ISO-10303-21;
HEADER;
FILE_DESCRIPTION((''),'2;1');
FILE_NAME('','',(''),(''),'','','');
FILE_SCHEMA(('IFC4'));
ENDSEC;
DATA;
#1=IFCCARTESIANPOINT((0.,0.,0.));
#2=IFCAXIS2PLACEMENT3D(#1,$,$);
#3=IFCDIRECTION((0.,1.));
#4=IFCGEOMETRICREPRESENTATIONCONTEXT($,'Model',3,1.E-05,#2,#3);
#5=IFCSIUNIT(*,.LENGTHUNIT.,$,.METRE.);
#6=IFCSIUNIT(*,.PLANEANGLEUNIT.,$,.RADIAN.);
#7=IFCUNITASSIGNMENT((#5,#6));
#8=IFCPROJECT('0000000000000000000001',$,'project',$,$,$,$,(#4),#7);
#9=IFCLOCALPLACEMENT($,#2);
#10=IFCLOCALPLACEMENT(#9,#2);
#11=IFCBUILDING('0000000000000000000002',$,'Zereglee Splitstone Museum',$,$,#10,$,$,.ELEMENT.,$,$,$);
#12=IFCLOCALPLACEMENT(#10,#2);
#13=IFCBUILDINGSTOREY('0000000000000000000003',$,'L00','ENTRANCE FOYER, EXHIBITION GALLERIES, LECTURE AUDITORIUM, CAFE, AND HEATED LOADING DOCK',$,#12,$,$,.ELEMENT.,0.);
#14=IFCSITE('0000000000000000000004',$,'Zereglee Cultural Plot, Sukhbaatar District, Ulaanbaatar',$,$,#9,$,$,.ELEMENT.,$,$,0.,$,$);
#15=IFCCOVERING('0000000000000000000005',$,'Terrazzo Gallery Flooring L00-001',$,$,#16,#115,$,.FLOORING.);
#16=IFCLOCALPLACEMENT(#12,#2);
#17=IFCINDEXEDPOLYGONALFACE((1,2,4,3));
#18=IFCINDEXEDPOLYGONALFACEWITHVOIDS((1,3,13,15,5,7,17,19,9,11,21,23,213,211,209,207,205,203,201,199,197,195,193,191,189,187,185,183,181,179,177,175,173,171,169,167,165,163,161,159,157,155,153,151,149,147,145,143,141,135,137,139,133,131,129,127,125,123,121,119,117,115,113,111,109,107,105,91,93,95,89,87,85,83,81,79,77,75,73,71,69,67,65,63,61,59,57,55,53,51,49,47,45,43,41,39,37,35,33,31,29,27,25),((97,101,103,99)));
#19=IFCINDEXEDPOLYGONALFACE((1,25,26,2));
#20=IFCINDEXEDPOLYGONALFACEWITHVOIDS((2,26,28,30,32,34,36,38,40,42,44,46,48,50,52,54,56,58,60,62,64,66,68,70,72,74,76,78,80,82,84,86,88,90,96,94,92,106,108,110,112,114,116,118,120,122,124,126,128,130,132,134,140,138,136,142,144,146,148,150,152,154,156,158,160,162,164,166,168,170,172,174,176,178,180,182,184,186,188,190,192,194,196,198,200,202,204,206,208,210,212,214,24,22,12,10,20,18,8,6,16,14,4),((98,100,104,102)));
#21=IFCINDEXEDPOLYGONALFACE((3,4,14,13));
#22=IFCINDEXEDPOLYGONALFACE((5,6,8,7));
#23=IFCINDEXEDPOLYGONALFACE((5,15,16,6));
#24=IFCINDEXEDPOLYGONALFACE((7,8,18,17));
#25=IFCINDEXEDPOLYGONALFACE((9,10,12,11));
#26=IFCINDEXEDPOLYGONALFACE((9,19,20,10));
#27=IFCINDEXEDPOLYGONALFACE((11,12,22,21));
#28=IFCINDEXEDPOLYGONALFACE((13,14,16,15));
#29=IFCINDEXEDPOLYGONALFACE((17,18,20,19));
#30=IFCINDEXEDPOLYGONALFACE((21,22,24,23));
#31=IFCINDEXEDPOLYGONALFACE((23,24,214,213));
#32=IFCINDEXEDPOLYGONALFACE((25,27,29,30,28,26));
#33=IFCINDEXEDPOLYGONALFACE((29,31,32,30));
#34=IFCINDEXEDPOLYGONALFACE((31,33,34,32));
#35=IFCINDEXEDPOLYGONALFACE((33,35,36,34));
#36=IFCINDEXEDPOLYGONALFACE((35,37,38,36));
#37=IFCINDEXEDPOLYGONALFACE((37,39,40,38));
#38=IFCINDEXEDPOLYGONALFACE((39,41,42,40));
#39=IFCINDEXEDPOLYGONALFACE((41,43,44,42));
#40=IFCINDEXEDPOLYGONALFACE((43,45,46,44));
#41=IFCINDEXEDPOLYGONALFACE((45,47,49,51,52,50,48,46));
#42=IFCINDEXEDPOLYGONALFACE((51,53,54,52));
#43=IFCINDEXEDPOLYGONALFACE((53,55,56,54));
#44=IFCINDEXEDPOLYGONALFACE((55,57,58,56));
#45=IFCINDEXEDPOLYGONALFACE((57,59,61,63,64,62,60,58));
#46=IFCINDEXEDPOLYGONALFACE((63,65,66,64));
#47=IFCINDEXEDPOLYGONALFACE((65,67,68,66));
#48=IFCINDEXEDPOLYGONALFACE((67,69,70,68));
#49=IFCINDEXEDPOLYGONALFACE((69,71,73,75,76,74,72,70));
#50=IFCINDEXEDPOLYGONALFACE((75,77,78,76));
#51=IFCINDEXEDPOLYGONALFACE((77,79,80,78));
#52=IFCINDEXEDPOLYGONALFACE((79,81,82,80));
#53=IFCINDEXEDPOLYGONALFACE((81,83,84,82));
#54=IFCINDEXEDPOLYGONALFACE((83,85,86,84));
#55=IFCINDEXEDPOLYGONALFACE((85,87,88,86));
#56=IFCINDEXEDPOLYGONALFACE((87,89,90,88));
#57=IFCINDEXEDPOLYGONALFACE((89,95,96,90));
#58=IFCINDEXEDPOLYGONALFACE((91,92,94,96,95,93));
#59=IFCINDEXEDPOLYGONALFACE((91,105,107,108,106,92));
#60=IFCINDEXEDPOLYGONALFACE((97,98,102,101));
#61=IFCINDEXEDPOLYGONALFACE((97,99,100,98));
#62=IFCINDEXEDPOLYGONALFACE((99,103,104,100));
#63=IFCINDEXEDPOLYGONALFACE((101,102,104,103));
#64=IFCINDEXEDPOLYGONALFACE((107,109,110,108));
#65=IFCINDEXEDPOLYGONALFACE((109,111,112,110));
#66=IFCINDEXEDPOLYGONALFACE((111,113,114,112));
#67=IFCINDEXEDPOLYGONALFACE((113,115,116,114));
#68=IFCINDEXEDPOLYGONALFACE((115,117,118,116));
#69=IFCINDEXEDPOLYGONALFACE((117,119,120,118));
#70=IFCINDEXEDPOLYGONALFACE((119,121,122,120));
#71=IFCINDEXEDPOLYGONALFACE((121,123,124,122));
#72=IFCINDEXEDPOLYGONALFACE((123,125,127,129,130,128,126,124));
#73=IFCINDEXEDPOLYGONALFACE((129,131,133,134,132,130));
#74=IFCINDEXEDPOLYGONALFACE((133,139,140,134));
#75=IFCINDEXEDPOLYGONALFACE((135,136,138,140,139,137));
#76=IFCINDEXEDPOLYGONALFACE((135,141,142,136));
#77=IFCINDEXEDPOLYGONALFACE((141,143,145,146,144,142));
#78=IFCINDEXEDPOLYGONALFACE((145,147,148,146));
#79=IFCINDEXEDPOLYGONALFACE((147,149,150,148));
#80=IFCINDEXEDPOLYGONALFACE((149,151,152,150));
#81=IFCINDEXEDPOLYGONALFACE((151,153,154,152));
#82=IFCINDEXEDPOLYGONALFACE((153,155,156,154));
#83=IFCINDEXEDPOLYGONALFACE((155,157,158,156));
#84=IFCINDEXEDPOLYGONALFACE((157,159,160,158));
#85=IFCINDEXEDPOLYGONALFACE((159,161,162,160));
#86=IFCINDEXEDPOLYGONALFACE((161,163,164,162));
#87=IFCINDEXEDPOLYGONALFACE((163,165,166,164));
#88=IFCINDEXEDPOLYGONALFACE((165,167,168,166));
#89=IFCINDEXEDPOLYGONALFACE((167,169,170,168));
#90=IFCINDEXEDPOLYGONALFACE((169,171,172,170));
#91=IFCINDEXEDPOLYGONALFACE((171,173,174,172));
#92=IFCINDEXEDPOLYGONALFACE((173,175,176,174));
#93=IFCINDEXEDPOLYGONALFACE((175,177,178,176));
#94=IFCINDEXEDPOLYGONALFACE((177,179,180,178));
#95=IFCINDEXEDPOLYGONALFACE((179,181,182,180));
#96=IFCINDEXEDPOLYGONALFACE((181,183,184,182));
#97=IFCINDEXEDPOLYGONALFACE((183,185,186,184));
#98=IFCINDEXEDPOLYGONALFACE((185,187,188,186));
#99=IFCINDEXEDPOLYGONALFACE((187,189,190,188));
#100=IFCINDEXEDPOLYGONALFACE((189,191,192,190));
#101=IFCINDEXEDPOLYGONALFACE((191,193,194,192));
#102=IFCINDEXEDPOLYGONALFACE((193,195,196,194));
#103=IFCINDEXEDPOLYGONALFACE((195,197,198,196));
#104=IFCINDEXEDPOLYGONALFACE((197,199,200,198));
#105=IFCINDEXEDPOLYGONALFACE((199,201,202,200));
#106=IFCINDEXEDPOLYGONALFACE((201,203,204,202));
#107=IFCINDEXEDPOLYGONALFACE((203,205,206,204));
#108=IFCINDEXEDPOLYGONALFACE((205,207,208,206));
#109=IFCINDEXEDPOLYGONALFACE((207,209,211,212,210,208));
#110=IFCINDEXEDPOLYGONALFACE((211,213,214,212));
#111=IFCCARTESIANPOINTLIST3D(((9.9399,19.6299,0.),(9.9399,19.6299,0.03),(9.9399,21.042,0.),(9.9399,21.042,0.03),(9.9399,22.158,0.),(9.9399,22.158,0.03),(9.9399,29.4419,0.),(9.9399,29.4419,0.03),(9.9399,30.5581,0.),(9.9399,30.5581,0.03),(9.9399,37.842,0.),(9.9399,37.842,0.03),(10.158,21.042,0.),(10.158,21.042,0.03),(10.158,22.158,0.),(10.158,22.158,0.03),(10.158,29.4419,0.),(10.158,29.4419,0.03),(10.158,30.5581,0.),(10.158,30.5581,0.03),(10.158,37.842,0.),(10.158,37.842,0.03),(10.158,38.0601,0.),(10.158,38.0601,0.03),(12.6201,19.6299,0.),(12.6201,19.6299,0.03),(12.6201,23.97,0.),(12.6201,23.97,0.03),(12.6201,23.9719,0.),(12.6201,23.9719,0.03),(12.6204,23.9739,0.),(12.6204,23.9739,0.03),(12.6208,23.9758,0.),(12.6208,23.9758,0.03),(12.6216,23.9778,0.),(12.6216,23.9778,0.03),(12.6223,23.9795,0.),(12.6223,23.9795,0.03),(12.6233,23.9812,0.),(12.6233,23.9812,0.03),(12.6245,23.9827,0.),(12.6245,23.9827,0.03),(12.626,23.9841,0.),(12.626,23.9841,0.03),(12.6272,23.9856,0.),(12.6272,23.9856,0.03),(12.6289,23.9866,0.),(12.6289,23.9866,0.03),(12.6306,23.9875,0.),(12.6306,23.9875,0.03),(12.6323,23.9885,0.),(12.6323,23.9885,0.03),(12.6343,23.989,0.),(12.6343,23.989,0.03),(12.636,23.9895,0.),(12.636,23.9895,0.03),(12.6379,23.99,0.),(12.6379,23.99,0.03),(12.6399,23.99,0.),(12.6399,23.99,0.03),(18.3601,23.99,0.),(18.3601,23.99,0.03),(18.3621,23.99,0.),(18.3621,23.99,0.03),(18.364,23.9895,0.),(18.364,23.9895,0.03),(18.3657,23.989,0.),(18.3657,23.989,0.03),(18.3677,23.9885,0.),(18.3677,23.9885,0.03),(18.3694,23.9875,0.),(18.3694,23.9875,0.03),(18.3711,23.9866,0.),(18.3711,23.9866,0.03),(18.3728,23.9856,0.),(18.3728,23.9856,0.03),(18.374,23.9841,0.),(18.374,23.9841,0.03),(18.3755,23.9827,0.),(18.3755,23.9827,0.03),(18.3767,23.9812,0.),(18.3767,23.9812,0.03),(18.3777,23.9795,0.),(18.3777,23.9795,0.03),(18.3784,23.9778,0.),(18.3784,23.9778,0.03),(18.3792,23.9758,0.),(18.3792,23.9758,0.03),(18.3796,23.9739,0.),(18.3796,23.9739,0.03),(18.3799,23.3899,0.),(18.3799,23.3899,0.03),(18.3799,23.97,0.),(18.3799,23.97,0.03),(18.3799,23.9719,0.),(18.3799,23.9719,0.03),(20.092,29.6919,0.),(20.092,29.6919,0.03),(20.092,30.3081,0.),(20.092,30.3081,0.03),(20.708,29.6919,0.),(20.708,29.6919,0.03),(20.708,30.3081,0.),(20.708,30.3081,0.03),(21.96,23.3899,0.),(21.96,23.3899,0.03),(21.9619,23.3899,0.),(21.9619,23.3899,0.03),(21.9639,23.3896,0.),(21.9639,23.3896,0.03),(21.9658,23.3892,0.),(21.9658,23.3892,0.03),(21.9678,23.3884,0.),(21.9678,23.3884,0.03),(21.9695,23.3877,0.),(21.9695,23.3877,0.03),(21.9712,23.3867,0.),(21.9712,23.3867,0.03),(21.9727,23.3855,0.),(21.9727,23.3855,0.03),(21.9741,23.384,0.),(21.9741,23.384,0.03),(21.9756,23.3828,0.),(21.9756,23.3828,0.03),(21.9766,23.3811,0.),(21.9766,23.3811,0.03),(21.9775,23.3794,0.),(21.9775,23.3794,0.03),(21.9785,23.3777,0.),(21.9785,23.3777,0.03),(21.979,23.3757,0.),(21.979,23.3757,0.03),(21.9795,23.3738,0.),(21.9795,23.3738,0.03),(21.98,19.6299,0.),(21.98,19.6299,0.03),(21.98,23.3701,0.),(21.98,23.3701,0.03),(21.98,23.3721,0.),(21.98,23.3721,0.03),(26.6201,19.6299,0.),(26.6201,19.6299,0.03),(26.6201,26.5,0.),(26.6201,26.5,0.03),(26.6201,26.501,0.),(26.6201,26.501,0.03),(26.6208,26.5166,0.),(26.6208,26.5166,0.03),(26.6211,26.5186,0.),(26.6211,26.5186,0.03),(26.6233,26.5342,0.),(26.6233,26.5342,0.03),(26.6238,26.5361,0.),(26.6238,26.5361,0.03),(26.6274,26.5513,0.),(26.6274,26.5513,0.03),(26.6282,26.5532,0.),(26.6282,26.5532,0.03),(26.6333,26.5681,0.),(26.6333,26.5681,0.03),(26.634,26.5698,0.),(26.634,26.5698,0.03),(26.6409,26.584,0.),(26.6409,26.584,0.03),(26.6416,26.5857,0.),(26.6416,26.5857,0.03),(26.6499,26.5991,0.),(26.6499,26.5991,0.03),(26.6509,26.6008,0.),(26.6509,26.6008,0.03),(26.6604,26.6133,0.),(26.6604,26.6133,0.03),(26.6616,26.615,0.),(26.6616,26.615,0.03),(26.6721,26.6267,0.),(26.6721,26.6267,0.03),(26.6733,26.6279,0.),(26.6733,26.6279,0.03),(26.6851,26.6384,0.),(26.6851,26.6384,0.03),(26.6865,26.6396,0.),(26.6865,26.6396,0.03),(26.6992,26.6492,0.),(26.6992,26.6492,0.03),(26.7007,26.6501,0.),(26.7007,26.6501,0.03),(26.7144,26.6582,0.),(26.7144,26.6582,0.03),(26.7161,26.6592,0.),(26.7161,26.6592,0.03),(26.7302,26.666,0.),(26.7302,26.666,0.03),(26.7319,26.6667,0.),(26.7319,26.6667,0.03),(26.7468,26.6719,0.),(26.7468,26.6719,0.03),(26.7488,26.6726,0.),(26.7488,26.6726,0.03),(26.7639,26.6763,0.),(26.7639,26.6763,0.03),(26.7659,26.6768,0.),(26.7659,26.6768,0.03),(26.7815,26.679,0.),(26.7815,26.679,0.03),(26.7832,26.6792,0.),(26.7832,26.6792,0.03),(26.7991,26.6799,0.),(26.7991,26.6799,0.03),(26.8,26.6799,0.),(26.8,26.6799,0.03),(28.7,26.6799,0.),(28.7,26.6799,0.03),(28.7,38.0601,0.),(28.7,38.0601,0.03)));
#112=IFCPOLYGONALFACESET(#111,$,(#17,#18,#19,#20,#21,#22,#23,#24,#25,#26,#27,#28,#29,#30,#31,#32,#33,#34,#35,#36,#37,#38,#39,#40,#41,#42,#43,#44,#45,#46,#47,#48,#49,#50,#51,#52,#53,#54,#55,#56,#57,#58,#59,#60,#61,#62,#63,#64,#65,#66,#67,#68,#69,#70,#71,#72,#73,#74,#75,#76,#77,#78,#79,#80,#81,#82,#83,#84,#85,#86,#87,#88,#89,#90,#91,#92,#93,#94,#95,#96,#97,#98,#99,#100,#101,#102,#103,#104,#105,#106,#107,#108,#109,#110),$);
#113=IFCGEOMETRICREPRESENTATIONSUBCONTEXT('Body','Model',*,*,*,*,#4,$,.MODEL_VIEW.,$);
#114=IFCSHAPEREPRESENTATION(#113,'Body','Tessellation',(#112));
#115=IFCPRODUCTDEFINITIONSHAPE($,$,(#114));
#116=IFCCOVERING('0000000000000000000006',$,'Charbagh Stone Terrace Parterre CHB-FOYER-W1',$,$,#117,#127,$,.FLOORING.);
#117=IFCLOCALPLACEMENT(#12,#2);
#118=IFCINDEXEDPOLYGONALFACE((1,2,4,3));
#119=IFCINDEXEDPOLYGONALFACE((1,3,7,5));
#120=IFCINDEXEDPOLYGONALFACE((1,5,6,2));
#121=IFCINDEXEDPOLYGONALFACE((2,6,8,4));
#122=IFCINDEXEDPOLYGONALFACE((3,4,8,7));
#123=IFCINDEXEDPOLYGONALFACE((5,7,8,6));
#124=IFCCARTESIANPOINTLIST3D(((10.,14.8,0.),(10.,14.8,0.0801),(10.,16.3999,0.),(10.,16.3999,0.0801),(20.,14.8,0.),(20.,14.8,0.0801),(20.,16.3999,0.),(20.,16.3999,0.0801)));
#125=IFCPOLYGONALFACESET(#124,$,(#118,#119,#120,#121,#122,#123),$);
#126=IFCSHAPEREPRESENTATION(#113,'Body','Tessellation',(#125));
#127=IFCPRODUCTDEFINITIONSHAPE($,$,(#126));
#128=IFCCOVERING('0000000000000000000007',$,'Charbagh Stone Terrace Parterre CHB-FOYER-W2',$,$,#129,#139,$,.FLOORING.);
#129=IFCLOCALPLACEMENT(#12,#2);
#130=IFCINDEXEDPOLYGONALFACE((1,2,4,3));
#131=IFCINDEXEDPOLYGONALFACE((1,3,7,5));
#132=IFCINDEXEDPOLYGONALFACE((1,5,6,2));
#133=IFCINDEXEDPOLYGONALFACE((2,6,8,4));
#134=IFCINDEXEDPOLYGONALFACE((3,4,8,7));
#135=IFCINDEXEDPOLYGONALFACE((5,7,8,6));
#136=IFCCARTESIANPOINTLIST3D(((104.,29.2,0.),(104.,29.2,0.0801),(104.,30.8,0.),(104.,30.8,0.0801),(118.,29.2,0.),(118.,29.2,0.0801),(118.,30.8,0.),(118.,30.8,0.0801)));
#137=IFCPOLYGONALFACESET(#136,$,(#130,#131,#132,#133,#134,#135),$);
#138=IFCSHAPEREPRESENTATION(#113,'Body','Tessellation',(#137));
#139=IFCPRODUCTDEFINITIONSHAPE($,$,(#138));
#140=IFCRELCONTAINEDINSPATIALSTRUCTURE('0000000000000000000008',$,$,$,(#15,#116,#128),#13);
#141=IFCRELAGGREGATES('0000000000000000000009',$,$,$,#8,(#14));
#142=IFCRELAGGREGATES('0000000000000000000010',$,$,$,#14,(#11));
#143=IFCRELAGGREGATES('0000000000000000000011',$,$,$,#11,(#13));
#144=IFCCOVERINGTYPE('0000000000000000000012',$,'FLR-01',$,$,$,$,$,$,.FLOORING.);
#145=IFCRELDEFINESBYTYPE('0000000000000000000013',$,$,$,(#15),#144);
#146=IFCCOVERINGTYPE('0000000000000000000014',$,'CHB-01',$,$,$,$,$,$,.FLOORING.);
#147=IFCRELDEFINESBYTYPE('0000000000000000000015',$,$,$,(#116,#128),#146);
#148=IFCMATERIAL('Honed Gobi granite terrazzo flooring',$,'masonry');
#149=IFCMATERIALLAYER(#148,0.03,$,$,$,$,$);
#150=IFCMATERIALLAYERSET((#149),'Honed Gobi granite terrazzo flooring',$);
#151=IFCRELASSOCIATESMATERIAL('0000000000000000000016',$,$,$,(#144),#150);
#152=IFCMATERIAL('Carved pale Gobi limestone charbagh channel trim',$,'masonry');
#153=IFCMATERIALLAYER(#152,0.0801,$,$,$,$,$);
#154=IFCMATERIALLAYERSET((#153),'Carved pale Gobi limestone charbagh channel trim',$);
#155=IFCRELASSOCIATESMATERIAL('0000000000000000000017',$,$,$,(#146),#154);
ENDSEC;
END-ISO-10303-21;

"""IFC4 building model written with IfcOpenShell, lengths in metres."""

from ifc_helpers import new_model, si_unit, direction, origin, place, context, subcontext, project, spatial, polyline, outline, extrude, material, layer, layer_set, type_object, element, save


model = new_model("IFC4")

# Units and contexts
model_context = context("Model", 3, precision=1e-05, world=origin(), true_north=direction((0.0, 1.0)))
body_context = subcontext(model_context, "Body", "Model", "MODEL_VIEW")
ifc_project = project(units=[si_unit("LENGTHUNIT", "METRE"), si_unit("PLANEANGLEUNIT", "RADIAN")], contexts=[model_context])

# Site, building, storey
site_placement = place(None, origin())
site = spatial("IfcSite", under=ifc_project, at=site_placement, Name="Zereglee Cultural Plot, Sukhbaatar District, Ulaanbaatar", CompositionType="ELEMENT", RefElevation=0.0)
building_placement = place(site_placement, origin())
building = spatial("IfcBuilding", under=site, at=building_placement, Name="Zereglee Splitstone Museum", CompositionType="ELEMENT")
storey_placement = place(building_placement, origin())
storey = spatial("IfcBuildingStorey", under=building, at=storey_placement, Name="L00", Description="ENTRANCE FOYER, EXHIBITION GALLERIES, LECTURE AUDITORIUM, CAFE, AND HEATED LOADING DOCK", CompositionType="ELEMENT", Elevation=0.0)

# Coverings
ifc_material_1 = material(Name="Honed Gobi granite terrazzo flooring", Category="masonry")
ifc_layer_1 = layer(ifc_material_1, 0.03)
ifc_layer_set_1 = layer_set([ifc_layer_1], Name="Honed Gobi granite terrazzo flooring")
covering_type_1 = type_object("IfcCoveringType", Name="FLR-01", PredefinedType="FLOORING", material=ifc_layer_set_1)
covering_1_placement = place(storey_placement, origin())
element("IfcCovering", 1, at=covering_1_placement, inside=storey, type_object=covering_type_1, Name="Terrazzo Gallery Flooring L00-001", PredefinedType="FLOORING", context=body_context, shape_type="SweptSolid", body=[
    extrude(outline(polyline([(26.7991, 26.6799), (26.7832, 26.6792), (26.7815, 26.679), (26.7659, 26.6768), (26.7639, 26.6763), (26.7488, 26.6726), (26.7468, 26.6719), (26.7319, 26.6667), (26.7302, 26.666), (26.7161, 26.6592), (26.7144, 26.6582), (26.7007, 26.6501), (26.6992, 26.6492), (26.6865, 26.6396), (26.6851, 26.6384), (26.6733, 26.6279), (26.6721, 26.6267), (26.6616, 26.615), (26.6604, 26.6133), (26.6509, 26.6008), (26.6499, 26.5991), (26.6416, 26.5857), (26.6409, 26.584), (26.634, 26.5698), (26.6333, 26.5681), (26.6282, 26.5532), (26.6274, 26.5513), (26.6238, 26.5361), (26.6233, 26.5342), (26.6211, 26.5186), (26.6208, 26.5166), (26.6201, 26.501), (26.6201, 26.5), (26.6201, 19.6299), (21.98, 19.6299), (21.98, 23.3701), (21.98, 23.3721), (21.9795, 23.3738), (21.979, 23.3757), (21.9785, 23.3777), (21.9775, 23.3794), (21.9766, 23.3811), (21.9756, 23.3828), (21.9741, 23.384), (21.9727, 23.3855), (21.9712, 23.3867), (21.9695, 23.3877), (21.9678, 23.3884), (21.9658, 23.3892), (21.9639, 23.3896), (21.9619, 23.3899), (21.96, 23.3899), (18.3799, 23.3899), (18.3799, 23.97), (18.3799, 23.9719), (18.3796, 23.9739), (18.3792, 23.9758), (18.3784, 23.9778), (18.3777, 23.9795), (18.3767, 23.9812), (18.3755, 23.9827), (18.374, 23.9841), (18.3728, 23.9856), (18.3711, 23.9866), (18.3694, 23.9875), (18.3677, 23.9885), (18.3657, 23.989), (18.364, 23.9895), (18.3621, 23.99), (18.3601, 23.99), (12.6399, 23.99), (12.6379, 23.99), (12.636, 23.9895), (12.6343, 23.989), (12.6323, 23.9885), (12.6306, 23.9875), (12.6289, 23.9866), (12.6272, 23.9856), (12.626, 23.9841), (12.6245, 23.9827), (12.6233, 23.9812), (12.6223, 23.9795), (12.6216, 23.9778), (12.6208, 23.9758), (12.6204, 23.9739), (12.6201, 23.9719), (12.6201, 23.97), (12.6201, 19.6299), (9.9399, 19.6299), (9.9399, 21.042), (10.158, 21.042), (10.158, 22.158), (9.9399, 22.158), (9.9399, 29.4419), (10.158, 29.4419), (10.158, 30.5581), (9.9399, 30.5581), (9.9399, 37.842), (10.158, 37.842), (10.158, 38.0601), (28.7, 38.0601), (28.7, 26.6799), (26.8, 26.6799), (26.7991, 26.6799)]), holes=[polyline([(20.708, 30.3081), (20.092, 30.3081), (20.092, 29.6919), (20.708, 29.6919), (20.708, 30.3081)])]), origin(), (0.0, 0.0, 1.0), 0.03),
])
ifc_material_2 = material(Name="Carved pale Gobi limestone charbagh channel trim", Category="masonry")
ifc_layer_2 = layer(ifc_material_2, 0.0801)
ifc_layer_set_2 = layer_set([ifc_layer_2], Name="Carved pale Gobi limestone charbagh channel trim")
covering_type_2 = type_object("IfcCoveringType", Name="CHB-01", PredefinedType="FLOORING", material=ifc_layer_set_2)
covering_2_placement = place(storey_placement, origin())
element("IfcCovering", 2, at=covering_2_placement, inside=storey, type_object=covering_type_2, Name="Charbagh Stone Terrace Parterre CHB-FOYER-W1", PredefinedType="FLOORING", context=body_context, shape_type="SweptSolid", body=[
    extrude(outline(polyline([(10.0, 14.8), (20.0, 14.8), (20.0, 16.3999), (10.0, 16.3999), (10.0, 14.8)])), origin(), (0.0, 0.0, 1.0), 0.0801),
])
covering_3_placement = place(storey_placement, origin())
element("IfcCovering", 3, at=covering_3_placement, inside=storey, type_object=covering_type_2, Name="Charbagh Stone Terrace Parterre CHB-FOYER-W2", PredefinedType="FLOORING", context=body_context, shape_type="SweptSolid", body=[
    extrude(outline(polyline([(104.0, 29.2), (118.0, 29.2), (118.0, 30.8), (104.0, 30.8), (104.0, 29.2)])), origin(), (0.0, 0.0, 1.0), 0.0801),
])

save(model, "model.ifc")
